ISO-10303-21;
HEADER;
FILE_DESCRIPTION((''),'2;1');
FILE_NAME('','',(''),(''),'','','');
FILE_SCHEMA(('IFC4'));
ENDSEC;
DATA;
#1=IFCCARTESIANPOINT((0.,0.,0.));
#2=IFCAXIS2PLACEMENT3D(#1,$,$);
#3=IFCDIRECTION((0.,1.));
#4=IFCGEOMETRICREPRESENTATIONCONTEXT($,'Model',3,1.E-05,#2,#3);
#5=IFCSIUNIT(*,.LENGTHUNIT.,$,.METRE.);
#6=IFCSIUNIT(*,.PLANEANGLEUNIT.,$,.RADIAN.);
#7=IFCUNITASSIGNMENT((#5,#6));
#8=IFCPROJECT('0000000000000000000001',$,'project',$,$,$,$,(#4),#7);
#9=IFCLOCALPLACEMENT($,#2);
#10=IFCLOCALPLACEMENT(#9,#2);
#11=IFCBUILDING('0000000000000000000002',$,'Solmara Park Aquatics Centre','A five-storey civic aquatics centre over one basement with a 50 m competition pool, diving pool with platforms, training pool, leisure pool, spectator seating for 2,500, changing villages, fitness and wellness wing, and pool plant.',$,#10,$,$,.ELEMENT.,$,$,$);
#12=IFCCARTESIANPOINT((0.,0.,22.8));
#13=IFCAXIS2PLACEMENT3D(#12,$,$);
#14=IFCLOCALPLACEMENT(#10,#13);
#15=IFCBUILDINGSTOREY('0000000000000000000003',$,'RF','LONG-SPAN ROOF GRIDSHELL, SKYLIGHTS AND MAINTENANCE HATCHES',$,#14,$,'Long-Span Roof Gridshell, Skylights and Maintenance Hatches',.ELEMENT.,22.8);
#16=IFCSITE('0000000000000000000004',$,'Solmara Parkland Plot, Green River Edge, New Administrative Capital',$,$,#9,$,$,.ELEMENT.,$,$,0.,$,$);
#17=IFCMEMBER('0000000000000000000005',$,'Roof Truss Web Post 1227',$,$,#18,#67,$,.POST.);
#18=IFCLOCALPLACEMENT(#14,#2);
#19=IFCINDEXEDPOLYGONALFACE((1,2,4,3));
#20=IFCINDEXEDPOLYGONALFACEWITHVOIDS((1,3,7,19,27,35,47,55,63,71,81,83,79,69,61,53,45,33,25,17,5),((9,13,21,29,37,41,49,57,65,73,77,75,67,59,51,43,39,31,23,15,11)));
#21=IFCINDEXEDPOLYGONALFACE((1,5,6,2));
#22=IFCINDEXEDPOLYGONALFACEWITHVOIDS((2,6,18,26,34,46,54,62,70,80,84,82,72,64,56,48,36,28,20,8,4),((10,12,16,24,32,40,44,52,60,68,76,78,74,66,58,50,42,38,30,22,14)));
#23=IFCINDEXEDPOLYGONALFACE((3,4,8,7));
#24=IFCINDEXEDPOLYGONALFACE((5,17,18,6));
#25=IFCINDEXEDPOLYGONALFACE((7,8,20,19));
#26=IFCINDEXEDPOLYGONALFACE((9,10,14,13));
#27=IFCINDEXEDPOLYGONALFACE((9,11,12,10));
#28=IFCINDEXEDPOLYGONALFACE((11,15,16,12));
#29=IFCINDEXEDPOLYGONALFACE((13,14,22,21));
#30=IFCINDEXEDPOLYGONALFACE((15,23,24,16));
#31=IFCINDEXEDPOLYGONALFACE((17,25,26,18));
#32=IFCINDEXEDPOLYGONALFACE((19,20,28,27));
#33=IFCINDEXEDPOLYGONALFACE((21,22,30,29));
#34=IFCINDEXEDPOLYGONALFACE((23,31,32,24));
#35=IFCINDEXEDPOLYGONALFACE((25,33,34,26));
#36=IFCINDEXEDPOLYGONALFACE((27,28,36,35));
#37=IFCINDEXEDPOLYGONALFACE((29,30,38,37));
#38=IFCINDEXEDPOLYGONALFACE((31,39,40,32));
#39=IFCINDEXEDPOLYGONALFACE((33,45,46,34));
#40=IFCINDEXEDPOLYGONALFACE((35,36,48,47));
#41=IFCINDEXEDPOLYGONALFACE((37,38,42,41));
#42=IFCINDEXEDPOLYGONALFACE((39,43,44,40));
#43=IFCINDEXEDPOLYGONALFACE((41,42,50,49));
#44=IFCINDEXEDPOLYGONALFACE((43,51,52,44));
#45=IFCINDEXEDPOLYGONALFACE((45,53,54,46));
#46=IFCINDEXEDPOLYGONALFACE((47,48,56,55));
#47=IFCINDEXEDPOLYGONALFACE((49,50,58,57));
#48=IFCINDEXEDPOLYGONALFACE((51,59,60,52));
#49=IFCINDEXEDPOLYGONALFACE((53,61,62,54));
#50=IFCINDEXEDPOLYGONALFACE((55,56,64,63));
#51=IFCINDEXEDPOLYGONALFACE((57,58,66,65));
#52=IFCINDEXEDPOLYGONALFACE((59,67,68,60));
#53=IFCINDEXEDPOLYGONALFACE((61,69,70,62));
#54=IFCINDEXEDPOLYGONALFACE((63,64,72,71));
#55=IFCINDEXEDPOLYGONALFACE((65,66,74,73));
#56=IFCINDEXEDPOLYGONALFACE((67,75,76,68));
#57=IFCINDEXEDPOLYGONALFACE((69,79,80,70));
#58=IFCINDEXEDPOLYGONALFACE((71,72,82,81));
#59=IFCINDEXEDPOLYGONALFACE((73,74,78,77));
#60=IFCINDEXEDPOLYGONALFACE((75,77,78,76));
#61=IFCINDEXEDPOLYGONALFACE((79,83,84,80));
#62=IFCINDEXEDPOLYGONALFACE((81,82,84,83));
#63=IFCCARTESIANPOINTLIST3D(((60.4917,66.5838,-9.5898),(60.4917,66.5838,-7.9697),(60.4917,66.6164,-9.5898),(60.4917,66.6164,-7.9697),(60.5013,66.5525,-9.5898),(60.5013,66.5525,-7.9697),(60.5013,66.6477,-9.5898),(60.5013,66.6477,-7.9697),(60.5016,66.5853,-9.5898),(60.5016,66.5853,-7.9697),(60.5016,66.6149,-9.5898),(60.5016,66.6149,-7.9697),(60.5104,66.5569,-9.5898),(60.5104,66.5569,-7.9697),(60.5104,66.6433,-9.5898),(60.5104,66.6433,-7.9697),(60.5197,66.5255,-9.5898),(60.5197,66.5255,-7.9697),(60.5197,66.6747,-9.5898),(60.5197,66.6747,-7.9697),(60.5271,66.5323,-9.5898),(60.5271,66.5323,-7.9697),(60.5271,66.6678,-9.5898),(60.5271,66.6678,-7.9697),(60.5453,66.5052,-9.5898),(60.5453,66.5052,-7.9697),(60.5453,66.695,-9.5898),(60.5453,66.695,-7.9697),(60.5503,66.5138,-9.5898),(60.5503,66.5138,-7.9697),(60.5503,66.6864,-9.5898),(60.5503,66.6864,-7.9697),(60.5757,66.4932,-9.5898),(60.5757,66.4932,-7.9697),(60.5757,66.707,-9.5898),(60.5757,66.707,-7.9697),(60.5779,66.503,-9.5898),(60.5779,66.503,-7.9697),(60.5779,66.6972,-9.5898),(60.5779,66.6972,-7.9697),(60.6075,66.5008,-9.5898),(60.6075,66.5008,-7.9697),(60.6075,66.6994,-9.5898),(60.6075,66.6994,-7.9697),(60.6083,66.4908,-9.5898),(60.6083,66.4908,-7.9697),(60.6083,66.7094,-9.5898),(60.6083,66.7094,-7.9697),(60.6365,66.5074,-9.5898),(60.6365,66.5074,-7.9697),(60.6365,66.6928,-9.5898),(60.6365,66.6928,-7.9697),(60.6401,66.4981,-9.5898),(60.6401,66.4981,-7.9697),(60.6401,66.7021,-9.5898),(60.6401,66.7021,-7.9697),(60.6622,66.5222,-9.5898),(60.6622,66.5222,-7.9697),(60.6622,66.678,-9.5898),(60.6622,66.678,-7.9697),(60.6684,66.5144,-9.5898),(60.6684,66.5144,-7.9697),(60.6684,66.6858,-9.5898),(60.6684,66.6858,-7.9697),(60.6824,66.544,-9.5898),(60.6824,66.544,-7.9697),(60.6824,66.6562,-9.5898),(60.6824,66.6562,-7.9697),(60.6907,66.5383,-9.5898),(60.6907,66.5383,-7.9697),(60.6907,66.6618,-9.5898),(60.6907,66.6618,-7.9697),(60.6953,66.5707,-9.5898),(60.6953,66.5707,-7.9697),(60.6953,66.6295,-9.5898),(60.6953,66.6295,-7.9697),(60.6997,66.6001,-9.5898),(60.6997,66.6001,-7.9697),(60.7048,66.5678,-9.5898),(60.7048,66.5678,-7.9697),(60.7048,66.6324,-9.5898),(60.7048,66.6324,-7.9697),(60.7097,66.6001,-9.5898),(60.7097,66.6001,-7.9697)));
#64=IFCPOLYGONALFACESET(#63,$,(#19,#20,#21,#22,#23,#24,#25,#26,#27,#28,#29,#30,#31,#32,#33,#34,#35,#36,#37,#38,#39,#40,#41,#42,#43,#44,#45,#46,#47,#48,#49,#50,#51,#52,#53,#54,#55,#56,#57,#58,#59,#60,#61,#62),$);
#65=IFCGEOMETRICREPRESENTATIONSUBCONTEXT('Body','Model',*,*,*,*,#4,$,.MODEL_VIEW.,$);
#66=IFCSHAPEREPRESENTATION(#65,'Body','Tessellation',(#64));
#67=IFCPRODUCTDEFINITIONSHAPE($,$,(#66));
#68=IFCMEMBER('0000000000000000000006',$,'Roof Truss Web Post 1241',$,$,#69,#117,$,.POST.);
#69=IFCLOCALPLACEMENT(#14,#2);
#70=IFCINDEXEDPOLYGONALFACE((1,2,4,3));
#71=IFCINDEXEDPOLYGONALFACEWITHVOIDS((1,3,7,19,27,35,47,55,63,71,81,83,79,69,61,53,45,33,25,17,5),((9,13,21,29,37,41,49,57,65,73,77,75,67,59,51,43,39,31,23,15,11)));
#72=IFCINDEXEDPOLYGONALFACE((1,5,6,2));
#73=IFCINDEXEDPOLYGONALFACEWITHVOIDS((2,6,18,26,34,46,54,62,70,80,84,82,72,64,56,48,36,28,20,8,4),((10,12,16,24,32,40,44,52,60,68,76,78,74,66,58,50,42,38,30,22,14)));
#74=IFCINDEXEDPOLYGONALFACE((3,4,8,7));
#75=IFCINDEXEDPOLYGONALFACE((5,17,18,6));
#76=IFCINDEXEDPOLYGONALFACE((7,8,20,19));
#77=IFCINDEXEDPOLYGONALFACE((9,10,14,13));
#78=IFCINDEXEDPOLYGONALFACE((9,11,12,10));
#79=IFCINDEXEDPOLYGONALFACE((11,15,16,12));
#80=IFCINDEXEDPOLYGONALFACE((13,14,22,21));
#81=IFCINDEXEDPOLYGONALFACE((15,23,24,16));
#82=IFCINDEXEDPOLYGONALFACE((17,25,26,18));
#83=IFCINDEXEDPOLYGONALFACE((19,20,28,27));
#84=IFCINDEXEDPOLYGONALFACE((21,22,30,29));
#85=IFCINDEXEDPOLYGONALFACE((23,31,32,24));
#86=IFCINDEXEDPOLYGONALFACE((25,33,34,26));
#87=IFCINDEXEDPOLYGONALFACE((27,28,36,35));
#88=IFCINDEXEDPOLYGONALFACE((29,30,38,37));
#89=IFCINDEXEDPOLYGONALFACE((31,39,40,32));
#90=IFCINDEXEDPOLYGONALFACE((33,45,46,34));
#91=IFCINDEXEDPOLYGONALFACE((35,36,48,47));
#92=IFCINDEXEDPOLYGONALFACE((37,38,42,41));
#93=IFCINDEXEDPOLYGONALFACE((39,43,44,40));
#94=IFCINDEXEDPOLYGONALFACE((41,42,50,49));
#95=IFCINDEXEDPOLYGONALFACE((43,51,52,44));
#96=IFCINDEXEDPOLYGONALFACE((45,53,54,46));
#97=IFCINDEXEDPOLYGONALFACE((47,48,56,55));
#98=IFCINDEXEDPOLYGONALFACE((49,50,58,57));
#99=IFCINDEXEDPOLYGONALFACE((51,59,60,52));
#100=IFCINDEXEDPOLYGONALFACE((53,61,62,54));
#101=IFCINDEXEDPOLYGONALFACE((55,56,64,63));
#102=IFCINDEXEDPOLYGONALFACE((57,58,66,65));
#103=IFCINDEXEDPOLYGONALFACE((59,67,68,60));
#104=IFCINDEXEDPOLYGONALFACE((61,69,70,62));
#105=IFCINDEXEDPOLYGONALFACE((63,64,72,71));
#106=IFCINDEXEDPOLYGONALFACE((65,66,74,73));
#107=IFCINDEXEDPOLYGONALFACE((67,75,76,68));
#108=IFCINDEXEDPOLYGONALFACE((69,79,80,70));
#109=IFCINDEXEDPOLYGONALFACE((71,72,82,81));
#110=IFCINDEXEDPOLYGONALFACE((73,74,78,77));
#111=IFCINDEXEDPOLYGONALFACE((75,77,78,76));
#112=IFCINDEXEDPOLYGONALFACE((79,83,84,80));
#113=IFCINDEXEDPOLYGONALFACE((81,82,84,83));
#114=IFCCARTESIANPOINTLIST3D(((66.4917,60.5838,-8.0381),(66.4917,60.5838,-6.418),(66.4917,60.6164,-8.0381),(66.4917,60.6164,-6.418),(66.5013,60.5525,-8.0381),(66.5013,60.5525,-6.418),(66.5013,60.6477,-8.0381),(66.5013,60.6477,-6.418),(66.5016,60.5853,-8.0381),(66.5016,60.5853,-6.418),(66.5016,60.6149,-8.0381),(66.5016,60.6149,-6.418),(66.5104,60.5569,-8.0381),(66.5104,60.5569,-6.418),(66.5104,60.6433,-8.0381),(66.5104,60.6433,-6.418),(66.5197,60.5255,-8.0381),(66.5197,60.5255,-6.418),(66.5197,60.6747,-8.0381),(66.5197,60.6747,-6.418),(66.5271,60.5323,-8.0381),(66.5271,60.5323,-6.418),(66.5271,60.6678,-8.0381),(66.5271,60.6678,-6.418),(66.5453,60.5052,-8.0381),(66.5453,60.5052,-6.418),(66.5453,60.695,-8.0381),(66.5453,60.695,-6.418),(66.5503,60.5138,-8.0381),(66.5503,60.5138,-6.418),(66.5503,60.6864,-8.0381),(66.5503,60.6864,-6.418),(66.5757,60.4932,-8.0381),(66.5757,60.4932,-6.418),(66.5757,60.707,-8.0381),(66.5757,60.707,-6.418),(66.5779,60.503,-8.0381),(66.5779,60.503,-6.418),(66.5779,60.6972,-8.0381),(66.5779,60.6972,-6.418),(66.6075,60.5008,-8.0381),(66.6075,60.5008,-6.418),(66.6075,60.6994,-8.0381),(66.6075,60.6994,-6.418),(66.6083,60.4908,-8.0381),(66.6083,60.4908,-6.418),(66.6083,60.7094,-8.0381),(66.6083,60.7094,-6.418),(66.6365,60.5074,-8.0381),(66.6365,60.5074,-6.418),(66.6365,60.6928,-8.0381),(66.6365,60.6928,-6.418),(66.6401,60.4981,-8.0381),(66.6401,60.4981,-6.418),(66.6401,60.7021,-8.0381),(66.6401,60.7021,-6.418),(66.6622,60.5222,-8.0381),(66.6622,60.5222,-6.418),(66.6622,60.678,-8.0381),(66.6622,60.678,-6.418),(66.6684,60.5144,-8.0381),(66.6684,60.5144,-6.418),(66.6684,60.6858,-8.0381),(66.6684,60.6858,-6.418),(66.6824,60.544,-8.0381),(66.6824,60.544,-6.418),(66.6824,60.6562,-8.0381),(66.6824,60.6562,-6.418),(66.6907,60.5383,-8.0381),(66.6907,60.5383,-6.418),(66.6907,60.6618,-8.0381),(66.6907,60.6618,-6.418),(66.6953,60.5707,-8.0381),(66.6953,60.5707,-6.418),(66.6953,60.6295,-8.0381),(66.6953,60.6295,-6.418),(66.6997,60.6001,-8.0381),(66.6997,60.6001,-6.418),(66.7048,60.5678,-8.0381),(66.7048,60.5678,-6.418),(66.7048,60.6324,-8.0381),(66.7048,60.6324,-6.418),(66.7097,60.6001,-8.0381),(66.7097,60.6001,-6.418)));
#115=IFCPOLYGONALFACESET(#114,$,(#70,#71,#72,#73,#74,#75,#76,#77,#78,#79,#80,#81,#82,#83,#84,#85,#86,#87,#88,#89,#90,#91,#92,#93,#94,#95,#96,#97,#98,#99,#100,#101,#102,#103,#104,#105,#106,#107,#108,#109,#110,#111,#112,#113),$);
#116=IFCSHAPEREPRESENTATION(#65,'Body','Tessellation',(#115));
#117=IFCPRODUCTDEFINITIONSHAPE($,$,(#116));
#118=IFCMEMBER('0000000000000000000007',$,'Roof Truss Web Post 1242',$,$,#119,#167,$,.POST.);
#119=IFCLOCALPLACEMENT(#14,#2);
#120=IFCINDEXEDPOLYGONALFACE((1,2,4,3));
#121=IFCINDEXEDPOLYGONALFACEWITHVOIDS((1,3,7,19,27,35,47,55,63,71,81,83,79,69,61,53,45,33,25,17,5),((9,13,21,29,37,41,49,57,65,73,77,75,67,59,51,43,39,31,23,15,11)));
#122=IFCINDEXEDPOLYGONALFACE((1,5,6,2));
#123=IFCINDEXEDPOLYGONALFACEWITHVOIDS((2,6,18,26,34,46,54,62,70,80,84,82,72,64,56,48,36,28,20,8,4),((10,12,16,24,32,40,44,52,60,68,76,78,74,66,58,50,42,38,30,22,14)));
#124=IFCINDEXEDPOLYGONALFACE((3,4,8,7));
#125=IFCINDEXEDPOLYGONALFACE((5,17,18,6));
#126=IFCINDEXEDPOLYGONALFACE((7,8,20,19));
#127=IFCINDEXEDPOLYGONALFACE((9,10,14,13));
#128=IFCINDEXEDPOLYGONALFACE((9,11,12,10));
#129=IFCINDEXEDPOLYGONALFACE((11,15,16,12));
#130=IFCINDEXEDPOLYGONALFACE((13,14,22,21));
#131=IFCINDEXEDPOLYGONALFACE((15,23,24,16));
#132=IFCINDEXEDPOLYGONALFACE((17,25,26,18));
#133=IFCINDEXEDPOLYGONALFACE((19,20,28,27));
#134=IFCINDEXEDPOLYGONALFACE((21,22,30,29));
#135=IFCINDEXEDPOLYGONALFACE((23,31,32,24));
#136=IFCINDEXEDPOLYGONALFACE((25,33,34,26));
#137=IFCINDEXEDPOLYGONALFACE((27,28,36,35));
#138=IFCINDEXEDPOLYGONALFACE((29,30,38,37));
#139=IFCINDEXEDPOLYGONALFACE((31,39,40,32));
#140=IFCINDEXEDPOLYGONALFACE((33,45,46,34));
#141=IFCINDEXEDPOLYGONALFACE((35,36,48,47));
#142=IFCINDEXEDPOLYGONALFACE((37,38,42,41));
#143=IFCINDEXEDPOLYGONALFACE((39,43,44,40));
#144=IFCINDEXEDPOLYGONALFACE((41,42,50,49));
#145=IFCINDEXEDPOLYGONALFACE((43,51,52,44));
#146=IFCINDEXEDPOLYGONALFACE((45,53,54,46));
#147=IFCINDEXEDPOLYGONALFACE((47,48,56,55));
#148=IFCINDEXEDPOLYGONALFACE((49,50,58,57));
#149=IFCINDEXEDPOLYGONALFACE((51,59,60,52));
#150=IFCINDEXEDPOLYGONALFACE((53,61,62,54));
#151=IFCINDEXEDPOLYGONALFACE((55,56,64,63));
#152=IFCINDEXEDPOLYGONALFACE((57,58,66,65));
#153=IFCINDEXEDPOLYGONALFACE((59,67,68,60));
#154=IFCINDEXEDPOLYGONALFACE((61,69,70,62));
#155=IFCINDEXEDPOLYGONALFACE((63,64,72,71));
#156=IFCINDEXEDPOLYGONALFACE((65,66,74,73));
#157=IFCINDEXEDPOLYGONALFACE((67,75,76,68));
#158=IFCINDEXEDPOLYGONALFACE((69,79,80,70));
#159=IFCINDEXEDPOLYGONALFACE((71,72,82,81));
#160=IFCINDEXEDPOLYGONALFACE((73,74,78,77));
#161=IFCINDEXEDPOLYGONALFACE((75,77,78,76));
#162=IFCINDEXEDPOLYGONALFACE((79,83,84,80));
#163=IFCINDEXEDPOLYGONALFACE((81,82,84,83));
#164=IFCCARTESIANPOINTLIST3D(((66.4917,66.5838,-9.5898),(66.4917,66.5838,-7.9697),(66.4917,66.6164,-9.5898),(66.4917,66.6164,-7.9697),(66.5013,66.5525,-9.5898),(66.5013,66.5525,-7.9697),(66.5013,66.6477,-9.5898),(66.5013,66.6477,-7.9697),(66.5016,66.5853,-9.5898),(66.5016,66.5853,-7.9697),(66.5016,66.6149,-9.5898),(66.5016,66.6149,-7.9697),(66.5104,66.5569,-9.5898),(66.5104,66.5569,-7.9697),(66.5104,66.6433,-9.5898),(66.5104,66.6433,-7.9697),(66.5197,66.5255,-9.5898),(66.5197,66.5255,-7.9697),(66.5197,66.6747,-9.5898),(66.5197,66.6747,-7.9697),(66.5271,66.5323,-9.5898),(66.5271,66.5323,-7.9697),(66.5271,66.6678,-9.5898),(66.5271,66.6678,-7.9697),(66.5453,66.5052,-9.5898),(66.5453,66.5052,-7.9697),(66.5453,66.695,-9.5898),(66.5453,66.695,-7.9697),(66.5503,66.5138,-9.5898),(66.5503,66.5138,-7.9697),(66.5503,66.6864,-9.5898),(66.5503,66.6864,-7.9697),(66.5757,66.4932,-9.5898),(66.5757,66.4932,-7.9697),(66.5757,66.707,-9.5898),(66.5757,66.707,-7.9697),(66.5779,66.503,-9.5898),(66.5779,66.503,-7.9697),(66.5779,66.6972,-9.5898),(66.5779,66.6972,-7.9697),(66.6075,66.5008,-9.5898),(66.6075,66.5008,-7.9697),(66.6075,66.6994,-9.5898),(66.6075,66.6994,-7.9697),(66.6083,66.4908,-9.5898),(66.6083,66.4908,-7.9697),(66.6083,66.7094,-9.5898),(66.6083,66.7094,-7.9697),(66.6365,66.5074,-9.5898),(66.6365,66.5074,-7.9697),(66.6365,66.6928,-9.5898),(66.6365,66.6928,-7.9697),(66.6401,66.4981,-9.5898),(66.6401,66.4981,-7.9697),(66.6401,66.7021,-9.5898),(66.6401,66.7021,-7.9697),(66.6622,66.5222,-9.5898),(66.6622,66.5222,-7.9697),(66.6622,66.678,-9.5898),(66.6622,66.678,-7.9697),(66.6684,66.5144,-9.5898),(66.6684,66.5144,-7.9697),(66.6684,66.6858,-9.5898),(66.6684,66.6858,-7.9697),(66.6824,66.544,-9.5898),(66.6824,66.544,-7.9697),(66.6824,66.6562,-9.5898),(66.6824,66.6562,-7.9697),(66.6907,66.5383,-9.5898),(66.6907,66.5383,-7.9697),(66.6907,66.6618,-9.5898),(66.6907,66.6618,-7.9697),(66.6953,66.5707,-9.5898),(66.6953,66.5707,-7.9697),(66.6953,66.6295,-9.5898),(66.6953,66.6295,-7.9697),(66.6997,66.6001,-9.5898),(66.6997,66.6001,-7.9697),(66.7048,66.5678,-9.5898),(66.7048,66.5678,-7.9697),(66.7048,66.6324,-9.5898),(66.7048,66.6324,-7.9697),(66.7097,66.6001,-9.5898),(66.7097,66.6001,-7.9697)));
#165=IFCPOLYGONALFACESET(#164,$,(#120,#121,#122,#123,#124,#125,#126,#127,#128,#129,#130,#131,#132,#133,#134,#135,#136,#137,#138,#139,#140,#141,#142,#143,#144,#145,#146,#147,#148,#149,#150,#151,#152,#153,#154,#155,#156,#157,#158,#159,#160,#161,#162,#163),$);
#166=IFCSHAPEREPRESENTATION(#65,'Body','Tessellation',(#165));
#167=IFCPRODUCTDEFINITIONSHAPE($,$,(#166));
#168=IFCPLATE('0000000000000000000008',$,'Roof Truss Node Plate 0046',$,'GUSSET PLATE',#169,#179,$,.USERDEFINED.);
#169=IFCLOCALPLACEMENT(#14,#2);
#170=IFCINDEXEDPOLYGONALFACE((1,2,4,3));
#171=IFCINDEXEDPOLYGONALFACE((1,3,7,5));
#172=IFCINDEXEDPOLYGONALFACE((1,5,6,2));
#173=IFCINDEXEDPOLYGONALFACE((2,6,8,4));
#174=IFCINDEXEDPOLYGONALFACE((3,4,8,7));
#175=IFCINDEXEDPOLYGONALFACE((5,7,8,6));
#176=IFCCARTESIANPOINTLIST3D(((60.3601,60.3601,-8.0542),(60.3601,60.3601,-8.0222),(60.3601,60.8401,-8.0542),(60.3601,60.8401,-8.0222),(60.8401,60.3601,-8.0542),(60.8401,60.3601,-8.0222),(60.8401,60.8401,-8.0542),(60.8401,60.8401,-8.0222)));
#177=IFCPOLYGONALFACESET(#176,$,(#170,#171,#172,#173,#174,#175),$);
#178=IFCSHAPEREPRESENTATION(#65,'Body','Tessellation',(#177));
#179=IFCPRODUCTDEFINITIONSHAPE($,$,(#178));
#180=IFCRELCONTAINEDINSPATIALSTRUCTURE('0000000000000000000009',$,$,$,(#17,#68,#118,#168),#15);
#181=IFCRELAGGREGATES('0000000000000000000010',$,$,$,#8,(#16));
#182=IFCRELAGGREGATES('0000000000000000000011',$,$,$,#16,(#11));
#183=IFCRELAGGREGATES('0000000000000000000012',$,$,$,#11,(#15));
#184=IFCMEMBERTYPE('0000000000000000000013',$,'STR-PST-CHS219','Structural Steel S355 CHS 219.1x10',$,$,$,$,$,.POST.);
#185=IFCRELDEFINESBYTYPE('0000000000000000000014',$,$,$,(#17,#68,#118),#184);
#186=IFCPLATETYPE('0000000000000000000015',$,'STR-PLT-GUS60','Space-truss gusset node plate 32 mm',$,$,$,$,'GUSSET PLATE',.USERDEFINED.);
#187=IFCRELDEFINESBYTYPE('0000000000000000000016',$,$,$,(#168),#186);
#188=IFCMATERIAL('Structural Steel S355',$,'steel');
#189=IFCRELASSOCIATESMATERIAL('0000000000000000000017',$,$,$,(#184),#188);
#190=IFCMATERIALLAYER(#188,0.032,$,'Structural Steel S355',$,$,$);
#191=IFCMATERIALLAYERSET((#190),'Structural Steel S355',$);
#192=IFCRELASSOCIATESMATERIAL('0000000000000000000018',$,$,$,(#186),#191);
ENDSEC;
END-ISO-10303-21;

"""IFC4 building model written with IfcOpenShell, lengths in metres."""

from ifc_helpers import new_model, si_unit, direction, frame, origin, origin_2d, place, context, subcontext, project, spatial, rectangle, hollow_circle, extrude, material, layer, layer_set, material_profile, profile_set, type_object, element, save


model = new_model("IFC4")

# Units and contexts
model_context = context("Model", 3, precision=1e-05, world=origin(), true_north=direction((0.0, 1.0)))
body_context = subcontext(model_context, "Body", "Model", "MODEL_VIEW")
ifc_project = project(units=[si_unit("LENGTHUNIT", "METRE"), si_unit("PLANEANGLEUNIT", "RADIAN")], contexts=[model_context])

# Site, building, storey
site_placement = place(None, origin())
site = spatial("IfcSite", under=ifc_project, at=site_placement, Name="Solmara Parkland Plot, Green River Edge, New Administrative Capital", CompositionType="ELEMENT", RefElevation=0.0)
building_placement = place(site_placement, origin())
building = spatial("IfcBuilding", under=site, at=building_placement, Name="Solmara Park Aquatics Centre", Description="A five-storey civic aquatics centre over one basement with a 50 m competition pool, diving pool with platforms, training pool, leisure pool, spectator seating for 2,500, changing villages, fitness and wellness wing, and pool plant.", CompositionType="ELEMENT")
storey_placement = place(building_placement, frame((0.0, 0.0, 22.8)))
storey = spatial("IfcBuildingStorey", under=building, at=storey_placement, Name="RF", Description="LONG-SPAN ROOF GRIDSHELL, SKYLIGHTS AND MAINTENANCE HATCHES", LongName="Long-Span Roof Gridshell, Skylights and Maintenance Hatches", CompositionType="ELEMENT", Elevation=22.8)

# Members
ifc_material_1 = material(Name="Structural Steel S355", Category="steel")
ifc_material_profile_1 = material_profile(ifc_material_1, hollow_circle(Radius=0.1096, WallThickness=0.01, at=origin_2d()), Name="CHS 219.1x10")
ifc_profile_set_1 = profile_set([ifc_material_profile_1], Name="Structural Steel S355")
member_type_1 = type_object("IfcMemberType", Name="STR-PST-CHS219", Description="Structural Steel S355 CHS 219.1x10", PredefinedType="POST", material=ifc_profile_set_1)
for number, where, z_axis, x_axis, name in (
    (1, (60.6001, 66.6001, -9.5898), (0.0, 0.0, 1.0), (1.0, 0.0, 0.0), "Roof Truss Web Post 1227"),
    (2, (66.6001, 60.6001, -8.0381), (0.0, 0.0, 1.0), (1.0, 0.0, 0.0), "Roof Truss Web Post 1241"),
    (3, (66.6001, 66.6001, -9.5898), (0.0, 0.0, 1.0), (1.0, 0.0, 0.0), "Roof Truss Web Post 1242"),
):
    element("IfcMember", number, at=place(storey_placement, frame(where, z_axis=z_axis, x_axis=x_axis)), inside=storey, type_object=member_type_1, Name=name, PredefinedType="POST", context=body_context, shape_type="SweptSolid", body=[
        extrude(hollow_circle(Radius=0.1096, WallThickness=0.01, at=origin_2d()), origin(), (0.0, 0.0, 1.0), 1.6201),
    ])

# Plate
ifc_layer = layer(ifc_material_1, 0.032, Name="Structural Steel S355")
ifc_layer_set = layer_set([ifc_layer], Name="Structural Steel S355")
plate_type = type_object("IfcPlateType", Name="STR-PLT-GUS60", Description="Space-truss gusset node plate 32 mm", ElementType="GUSSET PLATE", PredefinedType="USERDEFINED", material=ifc_layer_set)
plate_placement = place(storey_placement, frame((60.6001, 60.6001, -8.0542), z_axis=(0.0, 0.0, 1.0), x_axis=(1.0, 0.0, 0.0)))
element("IfcPlate", 4, at=plate_placement, inside=storey, type_object=plate_type, Name="Roof Truss Node Plate 0046", ObjectType="GUSSET PLATE", PredefinedType="USERDEFINED", context=body_context, shape_type="SweptSolid", body=[
    extrude(rectangle(XDim=0.48, YDim=0.48, at=origin_2d()), origin(), (0.0, 0.0, 1.0), 0.032),
])

save(model, "model.ifc")
